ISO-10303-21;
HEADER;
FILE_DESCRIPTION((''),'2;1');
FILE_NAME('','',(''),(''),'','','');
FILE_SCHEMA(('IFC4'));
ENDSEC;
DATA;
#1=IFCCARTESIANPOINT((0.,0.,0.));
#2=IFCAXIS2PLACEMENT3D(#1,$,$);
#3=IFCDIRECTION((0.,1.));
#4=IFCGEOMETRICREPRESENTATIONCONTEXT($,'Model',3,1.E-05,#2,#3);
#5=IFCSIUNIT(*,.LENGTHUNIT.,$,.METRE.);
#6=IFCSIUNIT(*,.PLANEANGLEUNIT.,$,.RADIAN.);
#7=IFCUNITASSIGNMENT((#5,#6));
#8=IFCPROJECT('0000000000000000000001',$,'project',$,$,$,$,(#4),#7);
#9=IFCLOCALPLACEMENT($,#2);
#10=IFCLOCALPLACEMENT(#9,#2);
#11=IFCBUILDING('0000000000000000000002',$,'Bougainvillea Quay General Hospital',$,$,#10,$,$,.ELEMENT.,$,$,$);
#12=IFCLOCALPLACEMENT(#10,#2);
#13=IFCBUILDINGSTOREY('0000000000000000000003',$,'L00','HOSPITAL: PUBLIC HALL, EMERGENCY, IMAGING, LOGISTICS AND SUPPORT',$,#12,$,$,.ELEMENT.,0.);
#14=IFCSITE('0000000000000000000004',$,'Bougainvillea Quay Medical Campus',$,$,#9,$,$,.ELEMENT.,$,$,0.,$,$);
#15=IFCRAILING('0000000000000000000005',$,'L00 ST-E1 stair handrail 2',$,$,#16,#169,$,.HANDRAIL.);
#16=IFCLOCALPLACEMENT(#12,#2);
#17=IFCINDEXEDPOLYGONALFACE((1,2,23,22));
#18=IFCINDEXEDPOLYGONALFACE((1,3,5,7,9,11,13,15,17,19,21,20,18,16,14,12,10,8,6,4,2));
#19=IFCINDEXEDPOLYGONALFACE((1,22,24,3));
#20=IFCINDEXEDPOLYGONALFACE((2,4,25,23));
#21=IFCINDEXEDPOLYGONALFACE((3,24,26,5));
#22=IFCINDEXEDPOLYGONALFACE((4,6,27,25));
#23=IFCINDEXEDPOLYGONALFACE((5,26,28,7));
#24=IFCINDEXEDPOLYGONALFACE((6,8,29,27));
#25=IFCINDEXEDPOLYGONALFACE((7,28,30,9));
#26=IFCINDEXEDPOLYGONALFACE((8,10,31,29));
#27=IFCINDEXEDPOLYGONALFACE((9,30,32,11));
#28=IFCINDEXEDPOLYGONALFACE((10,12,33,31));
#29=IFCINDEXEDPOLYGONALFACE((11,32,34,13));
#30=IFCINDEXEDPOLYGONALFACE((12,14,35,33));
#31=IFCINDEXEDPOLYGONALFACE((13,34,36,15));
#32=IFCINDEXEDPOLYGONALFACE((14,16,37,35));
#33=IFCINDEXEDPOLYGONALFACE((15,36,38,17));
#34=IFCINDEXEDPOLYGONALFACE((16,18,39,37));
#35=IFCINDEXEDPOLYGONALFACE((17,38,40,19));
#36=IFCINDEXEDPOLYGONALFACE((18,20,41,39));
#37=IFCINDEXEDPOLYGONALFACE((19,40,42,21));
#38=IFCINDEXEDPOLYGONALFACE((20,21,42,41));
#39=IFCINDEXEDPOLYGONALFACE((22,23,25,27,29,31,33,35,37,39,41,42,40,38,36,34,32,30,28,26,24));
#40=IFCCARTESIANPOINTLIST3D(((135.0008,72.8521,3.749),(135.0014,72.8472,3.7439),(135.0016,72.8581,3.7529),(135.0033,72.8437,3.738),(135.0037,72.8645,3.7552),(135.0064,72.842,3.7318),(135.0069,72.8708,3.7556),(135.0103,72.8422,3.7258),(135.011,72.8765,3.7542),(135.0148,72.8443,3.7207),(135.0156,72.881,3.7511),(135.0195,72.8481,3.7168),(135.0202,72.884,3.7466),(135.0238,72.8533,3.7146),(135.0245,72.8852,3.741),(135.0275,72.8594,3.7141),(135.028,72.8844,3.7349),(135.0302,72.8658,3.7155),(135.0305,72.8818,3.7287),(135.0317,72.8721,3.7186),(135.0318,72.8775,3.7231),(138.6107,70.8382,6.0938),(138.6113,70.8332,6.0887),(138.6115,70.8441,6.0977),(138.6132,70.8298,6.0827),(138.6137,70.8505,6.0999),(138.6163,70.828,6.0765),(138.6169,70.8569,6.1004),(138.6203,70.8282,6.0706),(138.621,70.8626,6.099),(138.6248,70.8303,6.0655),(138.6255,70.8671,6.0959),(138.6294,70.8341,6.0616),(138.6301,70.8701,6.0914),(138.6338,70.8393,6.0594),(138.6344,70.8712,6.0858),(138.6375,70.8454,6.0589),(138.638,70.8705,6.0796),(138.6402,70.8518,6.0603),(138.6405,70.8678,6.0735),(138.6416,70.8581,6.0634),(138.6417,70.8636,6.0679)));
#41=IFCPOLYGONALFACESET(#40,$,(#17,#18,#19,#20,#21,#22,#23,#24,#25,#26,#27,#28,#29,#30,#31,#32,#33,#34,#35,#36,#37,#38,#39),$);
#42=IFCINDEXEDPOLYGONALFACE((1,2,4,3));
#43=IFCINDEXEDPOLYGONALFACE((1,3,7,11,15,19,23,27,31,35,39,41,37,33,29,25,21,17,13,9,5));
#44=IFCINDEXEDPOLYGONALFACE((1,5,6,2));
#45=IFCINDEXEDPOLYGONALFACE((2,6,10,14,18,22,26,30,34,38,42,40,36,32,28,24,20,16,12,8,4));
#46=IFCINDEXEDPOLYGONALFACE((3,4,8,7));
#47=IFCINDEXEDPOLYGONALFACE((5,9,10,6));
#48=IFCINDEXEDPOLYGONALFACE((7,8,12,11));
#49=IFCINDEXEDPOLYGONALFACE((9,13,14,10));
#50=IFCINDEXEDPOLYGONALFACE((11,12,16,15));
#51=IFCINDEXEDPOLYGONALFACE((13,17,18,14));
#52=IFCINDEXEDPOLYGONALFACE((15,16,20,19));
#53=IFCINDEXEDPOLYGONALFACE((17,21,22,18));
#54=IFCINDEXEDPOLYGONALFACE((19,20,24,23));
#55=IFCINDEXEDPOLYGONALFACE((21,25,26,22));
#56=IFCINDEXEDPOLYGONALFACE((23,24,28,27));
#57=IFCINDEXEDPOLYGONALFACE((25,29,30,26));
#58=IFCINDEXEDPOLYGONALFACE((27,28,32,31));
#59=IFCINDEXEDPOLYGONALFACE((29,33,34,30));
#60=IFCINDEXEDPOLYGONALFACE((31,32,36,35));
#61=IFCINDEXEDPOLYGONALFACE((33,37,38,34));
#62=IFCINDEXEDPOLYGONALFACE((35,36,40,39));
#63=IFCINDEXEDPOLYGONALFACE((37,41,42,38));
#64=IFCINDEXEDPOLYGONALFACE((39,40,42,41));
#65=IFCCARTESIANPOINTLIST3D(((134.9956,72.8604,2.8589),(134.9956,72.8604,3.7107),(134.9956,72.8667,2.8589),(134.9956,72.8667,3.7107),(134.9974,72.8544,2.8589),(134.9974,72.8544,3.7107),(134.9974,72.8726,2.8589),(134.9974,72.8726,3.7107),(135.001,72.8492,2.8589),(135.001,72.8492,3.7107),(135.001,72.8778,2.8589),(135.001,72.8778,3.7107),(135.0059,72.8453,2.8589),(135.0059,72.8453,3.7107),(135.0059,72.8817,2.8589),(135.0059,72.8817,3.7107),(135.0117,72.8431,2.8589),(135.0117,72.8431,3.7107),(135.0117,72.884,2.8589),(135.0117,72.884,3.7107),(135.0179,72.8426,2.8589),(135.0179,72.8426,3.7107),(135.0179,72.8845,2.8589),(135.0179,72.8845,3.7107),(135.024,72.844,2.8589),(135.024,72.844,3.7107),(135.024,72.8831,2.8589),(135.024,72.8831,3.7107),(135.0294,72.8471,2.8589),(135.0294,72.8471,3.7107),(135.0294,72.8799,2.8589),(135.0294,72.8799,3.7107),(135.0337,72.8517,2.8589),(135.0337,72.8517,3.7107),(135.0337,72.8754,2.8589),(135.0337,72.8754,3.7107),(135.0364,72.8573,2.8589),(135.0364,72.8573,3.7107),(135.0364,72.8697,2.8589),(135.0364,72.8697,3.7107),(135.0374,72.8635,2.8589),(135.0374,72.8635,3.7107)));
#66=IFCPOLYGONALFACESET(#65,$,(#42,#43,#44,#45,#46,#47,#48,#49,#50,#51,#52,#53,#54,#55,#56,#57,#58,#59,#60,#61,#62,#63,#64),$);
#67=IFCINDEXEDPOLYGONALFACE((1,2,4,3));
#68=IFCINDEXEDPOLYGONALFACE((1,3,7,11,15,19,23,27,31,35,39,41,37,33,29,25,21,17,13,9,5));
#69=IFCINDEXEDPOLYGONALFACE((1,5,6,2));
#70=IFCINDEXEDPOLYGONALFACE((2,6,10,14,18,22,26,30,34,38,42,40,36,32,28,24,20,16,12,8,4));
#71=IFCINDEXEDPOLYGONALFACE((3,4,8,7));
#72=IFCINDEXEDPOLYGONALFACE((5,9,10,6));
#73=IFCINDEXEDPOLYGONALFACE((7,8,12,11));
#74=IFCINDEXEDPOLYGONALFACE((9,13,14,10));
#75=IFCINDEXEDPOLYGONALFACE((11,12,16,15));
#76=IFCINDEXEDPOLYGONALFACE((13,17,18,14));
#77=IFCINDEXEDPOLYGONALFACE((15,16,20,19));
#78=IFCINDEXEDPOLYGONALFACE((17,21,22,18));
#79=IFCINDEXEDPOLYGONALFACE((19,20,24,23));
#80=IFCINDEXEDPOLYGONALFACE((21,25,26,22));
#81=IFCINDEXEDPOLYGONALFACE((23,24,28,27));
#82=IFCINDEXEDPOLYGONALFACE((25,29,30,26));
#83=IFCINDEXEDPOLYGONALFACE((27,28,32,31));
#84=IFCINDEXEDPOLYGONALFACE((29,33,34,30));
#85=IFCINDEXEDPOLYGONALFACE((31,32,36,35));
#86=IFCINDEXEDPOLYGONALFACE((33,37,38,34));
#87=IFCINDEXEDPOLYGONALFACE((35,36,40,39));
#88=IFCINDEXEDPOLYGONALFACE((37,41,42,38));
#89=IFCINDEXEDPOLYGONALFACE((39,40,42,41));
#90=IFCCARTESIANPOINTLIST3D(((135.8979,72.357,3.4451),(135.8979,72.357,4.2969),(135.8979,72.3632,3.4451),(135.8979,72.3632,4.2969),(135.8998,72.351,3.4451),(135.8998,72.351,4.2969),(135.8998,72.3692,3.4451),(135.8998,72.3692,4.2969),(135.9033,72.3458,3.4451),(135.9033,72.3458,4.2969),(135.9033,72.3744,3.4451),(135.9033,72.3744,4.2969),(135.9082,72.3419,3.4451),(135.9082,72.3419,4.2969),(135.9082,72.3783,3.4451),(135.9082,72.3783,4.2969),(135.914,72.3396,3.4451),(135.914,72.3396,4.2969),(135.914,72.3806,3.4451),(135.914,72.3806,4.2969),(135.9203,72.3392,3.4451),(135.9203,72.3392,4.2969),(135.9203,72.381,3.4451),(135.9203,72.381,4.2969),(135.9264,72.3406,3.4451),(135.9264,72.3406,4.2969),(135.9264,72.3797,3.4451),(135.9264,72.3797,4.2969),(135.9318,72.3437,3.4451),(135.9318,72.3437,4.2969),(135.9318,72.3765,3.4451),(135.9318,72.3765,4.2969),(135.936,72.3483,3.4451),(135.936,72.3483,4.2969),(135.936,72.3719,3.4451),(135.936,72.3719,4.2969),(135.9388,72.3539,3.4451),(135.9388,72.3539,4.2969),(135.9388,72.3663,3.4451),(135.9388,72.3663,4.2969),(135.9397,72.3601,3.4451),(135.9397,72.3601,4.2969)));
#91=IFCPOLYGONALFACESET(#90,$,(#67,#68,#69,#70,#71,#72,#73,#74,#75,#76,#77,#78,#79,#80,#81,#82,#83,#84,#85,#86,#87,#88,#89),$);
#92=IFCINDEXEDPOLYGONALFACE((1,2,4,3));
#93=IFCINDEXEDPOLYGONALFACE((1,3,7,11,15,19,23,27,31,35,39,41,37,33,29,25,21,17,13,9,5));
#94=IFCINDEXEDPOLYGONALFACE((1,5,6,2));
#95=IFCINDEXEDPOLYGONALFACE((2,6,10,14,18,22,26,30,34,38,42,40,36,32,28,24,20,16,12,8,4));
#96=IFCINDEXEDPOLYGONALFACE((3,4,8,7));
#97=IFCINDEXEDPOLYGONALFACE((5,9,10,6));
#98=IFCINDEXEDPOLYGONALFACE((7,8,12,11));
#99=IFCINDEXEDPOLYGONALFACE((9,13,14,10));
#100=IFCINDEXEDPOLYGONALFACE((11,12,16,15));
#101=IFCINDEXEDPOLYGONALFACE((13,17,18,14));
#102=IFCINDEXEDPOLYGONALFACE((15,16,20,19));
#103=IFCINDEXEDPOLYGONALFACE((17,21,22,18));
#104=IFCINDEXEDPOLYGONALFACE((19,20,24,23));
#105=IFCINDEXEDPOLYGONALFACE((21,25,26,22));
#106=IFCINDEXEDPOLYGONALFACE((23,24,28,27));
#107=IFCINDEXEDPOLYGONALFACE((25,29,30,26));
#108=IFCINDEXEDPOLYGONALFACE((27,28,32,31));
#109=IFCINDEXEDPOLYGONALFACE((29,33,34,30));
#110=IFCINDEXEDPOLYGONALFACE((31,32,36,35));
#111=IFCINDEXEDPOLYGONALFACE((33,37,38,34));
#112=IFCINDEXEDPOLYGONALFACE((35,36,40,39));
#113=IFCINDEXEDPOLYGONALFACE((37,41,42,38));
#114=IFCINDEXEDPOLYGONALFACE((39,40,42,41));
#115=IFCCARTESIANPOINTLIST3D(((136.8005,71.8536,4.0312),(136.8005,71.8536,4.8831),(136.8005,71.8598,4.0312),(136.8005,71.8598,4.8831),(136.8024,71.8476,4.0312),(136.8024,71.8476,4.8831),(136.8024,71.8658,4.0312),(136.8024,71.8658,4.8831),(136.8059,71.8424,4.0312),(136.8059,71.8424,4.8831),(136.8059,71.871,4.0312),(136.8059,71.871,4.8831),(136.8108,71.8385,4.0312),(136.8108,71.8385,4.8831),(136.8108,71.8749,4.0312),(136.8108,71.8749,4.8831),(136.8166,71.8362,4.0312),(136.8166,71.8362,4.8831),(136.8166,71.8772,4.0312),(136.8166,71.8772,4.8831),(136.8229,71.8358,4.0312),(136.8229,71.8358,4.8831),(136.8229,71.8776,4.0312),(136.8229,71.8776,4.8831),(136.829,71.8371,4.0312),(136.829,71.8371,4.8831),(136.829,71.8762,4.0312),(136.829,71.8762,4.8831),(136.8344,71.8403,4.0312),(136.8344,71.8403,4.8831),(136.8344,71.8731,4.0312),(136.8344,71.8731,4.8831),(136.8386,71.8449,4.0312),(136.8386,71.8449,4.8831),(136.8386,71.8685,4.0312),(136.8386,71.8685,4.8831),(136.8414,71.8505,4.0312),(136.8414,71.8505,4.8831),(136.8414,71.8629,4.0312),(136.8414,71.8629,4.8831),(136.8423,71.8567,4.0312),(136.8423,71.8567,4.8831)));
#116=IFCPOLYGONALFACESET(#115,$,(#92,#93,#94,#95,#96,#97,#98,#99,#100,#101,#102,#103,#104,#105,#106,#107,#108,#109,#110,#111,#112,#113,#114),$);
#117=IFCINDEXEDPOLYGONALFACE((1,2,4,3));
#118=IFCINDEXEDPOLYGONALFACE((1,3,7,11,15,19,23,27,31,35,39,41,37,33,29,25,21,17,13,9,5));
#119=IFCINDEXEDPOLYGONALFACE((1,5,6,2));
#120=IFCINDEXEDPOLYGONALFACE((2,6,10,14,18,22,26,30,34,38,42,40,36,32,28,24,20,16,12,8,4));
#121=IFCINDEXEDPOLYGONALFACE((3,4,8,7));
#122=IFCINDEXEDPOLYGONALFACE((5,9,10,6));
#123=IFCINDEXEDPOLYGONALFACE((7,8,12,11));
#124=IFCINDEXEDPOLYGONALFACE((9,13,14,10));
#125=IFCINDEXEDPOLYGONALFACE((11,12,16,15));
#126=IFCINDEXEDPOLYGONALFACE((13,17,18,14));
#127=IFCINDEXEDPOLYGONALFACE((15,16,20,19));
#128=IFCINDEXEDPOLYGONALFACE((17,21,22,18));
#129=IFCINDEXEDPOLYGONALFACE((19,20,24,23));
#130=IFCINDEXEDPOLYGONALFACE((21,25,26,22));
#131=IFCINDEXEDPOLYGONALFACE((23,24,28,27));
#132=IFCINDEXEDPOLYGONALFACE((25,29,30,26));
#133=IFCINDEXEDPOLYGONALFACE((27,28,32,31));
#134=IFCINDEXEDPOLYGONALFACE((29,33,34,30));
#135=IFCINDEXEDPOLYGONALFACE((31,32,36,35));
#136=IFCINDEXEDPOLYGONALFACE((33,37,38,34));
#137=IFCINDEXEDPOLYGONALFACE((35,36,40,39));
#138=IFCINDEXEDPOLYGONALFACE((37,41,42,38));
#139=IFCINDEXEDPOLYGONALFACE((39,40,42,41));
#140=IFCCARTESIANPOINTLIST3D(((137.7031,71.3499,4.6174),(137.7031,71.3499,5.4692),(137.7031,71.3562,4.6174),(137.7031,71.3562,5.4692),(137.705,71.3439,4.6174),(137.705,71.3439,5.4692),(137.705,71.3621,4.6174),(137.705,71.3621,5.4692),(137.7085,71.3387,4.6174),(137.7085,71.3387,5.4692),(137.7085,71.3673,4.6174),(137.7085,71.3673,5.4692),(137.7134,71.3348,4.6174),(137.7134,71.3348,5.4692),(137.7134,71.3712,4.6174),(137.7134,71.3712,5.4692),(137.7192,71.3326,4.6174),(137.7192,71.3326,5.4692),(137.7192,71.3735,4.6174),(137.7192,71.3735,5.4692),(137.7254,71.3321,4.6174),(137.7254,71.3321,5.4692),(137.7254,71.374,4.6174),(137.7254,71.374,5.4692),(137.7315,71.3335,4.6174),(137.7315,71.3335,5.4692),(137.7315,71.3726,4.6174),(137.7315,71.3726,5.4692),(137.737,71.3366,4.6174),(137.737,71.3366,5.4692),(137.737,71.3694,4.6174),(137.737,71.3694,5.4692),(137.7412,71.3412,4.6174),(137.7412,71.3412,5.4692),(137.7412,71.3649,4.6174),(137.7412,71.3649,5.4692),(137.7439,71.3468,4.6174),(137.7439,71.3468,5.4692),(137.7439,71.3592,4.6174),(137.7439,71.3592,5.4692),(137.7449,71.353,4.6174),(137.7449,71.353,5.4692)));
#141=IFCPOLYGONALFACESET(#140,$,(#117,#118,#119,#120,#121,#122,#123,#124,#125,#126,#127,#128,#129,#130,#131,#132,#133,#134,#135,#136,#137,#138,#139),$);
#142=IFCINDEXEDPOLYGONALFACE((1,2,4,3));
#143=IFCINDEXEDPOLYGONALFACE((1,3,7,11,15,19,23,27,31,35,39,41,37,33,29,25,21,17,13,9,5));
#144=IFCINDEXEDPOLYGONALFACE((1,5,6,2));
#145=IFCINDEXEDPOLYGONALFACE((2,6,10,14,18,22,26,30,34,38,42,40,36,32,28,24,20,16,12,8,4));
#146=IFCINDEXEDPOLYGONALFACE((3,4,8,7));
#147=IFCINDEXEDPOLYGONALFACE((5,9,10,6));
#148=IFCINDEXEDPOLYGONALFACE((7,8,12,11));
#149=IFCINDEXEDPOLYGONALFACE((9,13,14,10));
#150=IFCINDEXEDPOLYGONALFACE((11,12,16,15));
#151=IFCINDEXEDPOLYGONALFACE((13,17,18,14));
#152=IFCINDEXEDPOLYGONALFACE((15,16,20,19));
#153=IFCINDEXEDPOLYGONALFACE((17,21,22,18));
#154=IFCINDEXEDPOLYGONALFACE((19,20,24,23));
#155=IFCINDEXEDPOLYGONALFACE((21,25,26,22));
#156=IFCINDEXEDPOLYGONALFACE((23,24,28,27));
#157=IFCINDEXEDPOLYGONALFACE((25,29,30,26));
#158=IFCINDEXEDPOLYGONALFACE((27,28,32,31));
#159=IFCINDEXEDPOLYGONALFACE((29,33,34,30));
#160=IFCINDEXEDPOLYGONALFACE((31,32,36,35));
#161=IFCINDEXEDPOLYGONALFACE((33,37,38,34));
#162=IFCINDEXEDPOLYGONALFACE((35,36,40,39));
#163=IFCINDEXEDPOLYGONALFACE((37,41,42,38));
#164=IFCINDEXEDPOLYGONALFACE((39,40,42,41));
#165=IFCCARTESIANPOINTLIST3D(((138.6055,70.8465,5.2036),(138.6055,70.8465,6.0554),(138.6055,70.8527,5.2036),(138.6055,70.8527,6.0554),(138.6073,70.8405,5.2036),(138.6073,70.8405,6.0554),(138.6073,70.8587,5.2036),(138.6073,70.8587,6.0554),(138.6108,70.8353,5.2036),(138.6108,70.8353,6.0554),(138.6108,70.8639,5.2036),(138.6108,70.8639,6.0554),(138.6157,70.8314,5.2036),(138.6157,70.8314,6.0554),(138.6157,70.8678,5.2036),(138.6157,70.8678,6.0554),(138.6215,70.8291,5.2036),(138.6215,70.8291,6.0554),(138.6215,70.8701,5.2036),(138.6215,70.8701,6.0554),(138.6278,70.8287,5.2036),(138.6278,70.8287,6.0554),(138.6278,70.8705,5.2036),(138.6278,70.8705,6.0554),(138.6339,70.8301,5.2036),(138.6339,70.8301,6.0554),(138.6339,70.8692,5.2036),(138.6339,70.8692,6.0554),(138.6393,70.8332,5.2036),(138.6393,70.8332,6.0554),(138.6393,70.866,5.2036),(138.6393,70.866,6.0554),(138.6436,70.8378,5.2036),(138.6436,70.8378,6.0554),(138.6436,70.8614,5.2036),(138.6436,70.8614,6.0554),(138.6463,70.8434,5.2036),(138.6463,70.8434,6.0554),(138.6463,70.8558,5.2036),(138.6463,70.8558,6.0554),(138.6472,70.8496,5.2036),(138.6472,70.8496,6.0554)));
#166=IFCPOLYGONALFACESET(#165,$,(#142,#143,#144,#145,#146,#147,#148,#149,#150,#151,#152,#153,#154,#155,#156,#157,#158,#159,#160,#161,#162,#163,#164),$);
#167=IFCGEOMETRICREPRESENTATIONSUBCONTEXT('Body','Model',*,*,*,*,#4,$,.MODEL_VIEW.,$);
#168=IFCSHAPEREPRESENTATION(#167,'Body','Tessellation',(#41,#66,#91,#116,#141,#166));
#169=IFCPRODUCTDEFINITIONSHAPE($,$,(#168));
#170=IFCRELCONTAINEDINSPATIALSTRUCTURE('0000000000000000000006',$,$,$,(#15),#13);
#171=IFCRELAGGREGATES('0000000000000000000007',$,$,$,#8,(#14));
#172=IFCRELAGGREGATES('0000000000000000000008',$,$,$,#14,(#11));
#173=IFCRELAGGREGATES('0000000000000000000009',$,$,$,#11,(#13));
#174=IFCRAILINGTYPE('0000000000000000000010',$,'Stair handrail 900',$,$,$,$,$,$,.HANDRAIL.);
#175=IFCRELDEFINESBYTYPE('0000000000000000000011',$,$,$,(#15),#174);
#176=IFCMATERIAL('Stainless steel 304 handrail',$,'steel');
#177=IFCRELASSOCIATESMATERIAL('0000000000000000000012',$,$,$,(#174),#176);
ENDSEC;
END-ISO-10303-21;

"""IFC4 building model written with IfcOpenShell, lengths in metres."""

from ifc_helpers import new_model, si_unit, direction, frame, origin, origin_2d, place, context, subcontext, project, spatial, circle, extrude, material, type_object, element, save


model = new_model("IFC4")

# Units and contexts
model_context = context("Model", 3, precision=1e-05, world=origin(), true_north=direction((0.0, 1.0)))
body_context = subcontext(model_context, "Body", "Model", "MODEL_VIEW")
ifc_project = project(units=[si_unit("LENGTHUNIT", "METRE"), si_unit("PLANEANGLEUNIT", "RADIAN")], contexts=[model_context])

# Site, building, storey
site_placement = place(None, origin())
site = spatial("IfcSite", under=ifc_project, at=site_placement, Name="Bougainvillea Quay Medical Campus", CompositionType="ELEMENT", RefElevation=0.0)
building_placement = place(site_placement, origin())
building = spatial("IfcBuilding", under=site, at=building_placement, Name="Bougainvillea Quay General Hospital", CompositionType="ELEMENT")
storey_placement = place(building_placement, origin())
storey = spatial("IfcBuildingStorey", under=building, at=storey_placement, Name="L00", Description="HOSPITAL: PUBLIC HALL, EMERGENCY, IMAGING, LOGISTICS AND SUPPORT", CompositionType="ELEMENT", Elevation=0.0)

# Railing
ifc_material_1 = material(Name="Stainless steel 304 handrail", Category="steel")
railing_type_1 = type_object("IfcRailingType", Name="Stair handrail 900", PredefinedType="HANDRAIL", material=ifc_material_1)
railing_1_placement = place(storey_placement, frame((135.0164, 72.8635, 2.8589)))
element("IfcRailing", 1, at=railing_1_placement, inside=storey, type_object=railing_type_1, Name="L00 ST-E1 stair handrail 2", PredefinedType="HANDRAIL", context=body_context, shape_type="SweptSolid", body=[
    extrude(circle(Radius=0.0239, at=origin_2d()), frame((0.0, 0.0, 0.876), z_axis=(0.759597, -0.423774, 0.493384), x_axis=(0.487202, 0.873289, 0.0)), (0.0, 0.0, 1.0), 4.7524),
    extrude(circle(Radius=0.021, at=origin_2d()), origin(), (0.0, 0.0, 1.0), 0.8518),
    extrude(circle(Radius=0.021, at=origin_2d()), frame((0.9023, -0.5034, 0.5862)), (0.0, 0.0, 1.0), 0.8518),
    extrude(circle(Radius=0.021, at=origin_2d()), frame((1.8049, -1.0068, 1.1724)), (0.0, 0.0, 1.0), 0.8518),
    extrude(circle(Radius=0.021, at=origin_2d()), frame((2.7075, -1.5105, 1.7585)), (0.0, 0.0, 1.0), 0.8518),
    extrude(circle(Radius=0.021, at=origin_2d()), frame((3.6099, -2.0139, 2.3447)), (0.0, 0.0, 1.0), 0.8518),
])

save(model, "model.ifc")
